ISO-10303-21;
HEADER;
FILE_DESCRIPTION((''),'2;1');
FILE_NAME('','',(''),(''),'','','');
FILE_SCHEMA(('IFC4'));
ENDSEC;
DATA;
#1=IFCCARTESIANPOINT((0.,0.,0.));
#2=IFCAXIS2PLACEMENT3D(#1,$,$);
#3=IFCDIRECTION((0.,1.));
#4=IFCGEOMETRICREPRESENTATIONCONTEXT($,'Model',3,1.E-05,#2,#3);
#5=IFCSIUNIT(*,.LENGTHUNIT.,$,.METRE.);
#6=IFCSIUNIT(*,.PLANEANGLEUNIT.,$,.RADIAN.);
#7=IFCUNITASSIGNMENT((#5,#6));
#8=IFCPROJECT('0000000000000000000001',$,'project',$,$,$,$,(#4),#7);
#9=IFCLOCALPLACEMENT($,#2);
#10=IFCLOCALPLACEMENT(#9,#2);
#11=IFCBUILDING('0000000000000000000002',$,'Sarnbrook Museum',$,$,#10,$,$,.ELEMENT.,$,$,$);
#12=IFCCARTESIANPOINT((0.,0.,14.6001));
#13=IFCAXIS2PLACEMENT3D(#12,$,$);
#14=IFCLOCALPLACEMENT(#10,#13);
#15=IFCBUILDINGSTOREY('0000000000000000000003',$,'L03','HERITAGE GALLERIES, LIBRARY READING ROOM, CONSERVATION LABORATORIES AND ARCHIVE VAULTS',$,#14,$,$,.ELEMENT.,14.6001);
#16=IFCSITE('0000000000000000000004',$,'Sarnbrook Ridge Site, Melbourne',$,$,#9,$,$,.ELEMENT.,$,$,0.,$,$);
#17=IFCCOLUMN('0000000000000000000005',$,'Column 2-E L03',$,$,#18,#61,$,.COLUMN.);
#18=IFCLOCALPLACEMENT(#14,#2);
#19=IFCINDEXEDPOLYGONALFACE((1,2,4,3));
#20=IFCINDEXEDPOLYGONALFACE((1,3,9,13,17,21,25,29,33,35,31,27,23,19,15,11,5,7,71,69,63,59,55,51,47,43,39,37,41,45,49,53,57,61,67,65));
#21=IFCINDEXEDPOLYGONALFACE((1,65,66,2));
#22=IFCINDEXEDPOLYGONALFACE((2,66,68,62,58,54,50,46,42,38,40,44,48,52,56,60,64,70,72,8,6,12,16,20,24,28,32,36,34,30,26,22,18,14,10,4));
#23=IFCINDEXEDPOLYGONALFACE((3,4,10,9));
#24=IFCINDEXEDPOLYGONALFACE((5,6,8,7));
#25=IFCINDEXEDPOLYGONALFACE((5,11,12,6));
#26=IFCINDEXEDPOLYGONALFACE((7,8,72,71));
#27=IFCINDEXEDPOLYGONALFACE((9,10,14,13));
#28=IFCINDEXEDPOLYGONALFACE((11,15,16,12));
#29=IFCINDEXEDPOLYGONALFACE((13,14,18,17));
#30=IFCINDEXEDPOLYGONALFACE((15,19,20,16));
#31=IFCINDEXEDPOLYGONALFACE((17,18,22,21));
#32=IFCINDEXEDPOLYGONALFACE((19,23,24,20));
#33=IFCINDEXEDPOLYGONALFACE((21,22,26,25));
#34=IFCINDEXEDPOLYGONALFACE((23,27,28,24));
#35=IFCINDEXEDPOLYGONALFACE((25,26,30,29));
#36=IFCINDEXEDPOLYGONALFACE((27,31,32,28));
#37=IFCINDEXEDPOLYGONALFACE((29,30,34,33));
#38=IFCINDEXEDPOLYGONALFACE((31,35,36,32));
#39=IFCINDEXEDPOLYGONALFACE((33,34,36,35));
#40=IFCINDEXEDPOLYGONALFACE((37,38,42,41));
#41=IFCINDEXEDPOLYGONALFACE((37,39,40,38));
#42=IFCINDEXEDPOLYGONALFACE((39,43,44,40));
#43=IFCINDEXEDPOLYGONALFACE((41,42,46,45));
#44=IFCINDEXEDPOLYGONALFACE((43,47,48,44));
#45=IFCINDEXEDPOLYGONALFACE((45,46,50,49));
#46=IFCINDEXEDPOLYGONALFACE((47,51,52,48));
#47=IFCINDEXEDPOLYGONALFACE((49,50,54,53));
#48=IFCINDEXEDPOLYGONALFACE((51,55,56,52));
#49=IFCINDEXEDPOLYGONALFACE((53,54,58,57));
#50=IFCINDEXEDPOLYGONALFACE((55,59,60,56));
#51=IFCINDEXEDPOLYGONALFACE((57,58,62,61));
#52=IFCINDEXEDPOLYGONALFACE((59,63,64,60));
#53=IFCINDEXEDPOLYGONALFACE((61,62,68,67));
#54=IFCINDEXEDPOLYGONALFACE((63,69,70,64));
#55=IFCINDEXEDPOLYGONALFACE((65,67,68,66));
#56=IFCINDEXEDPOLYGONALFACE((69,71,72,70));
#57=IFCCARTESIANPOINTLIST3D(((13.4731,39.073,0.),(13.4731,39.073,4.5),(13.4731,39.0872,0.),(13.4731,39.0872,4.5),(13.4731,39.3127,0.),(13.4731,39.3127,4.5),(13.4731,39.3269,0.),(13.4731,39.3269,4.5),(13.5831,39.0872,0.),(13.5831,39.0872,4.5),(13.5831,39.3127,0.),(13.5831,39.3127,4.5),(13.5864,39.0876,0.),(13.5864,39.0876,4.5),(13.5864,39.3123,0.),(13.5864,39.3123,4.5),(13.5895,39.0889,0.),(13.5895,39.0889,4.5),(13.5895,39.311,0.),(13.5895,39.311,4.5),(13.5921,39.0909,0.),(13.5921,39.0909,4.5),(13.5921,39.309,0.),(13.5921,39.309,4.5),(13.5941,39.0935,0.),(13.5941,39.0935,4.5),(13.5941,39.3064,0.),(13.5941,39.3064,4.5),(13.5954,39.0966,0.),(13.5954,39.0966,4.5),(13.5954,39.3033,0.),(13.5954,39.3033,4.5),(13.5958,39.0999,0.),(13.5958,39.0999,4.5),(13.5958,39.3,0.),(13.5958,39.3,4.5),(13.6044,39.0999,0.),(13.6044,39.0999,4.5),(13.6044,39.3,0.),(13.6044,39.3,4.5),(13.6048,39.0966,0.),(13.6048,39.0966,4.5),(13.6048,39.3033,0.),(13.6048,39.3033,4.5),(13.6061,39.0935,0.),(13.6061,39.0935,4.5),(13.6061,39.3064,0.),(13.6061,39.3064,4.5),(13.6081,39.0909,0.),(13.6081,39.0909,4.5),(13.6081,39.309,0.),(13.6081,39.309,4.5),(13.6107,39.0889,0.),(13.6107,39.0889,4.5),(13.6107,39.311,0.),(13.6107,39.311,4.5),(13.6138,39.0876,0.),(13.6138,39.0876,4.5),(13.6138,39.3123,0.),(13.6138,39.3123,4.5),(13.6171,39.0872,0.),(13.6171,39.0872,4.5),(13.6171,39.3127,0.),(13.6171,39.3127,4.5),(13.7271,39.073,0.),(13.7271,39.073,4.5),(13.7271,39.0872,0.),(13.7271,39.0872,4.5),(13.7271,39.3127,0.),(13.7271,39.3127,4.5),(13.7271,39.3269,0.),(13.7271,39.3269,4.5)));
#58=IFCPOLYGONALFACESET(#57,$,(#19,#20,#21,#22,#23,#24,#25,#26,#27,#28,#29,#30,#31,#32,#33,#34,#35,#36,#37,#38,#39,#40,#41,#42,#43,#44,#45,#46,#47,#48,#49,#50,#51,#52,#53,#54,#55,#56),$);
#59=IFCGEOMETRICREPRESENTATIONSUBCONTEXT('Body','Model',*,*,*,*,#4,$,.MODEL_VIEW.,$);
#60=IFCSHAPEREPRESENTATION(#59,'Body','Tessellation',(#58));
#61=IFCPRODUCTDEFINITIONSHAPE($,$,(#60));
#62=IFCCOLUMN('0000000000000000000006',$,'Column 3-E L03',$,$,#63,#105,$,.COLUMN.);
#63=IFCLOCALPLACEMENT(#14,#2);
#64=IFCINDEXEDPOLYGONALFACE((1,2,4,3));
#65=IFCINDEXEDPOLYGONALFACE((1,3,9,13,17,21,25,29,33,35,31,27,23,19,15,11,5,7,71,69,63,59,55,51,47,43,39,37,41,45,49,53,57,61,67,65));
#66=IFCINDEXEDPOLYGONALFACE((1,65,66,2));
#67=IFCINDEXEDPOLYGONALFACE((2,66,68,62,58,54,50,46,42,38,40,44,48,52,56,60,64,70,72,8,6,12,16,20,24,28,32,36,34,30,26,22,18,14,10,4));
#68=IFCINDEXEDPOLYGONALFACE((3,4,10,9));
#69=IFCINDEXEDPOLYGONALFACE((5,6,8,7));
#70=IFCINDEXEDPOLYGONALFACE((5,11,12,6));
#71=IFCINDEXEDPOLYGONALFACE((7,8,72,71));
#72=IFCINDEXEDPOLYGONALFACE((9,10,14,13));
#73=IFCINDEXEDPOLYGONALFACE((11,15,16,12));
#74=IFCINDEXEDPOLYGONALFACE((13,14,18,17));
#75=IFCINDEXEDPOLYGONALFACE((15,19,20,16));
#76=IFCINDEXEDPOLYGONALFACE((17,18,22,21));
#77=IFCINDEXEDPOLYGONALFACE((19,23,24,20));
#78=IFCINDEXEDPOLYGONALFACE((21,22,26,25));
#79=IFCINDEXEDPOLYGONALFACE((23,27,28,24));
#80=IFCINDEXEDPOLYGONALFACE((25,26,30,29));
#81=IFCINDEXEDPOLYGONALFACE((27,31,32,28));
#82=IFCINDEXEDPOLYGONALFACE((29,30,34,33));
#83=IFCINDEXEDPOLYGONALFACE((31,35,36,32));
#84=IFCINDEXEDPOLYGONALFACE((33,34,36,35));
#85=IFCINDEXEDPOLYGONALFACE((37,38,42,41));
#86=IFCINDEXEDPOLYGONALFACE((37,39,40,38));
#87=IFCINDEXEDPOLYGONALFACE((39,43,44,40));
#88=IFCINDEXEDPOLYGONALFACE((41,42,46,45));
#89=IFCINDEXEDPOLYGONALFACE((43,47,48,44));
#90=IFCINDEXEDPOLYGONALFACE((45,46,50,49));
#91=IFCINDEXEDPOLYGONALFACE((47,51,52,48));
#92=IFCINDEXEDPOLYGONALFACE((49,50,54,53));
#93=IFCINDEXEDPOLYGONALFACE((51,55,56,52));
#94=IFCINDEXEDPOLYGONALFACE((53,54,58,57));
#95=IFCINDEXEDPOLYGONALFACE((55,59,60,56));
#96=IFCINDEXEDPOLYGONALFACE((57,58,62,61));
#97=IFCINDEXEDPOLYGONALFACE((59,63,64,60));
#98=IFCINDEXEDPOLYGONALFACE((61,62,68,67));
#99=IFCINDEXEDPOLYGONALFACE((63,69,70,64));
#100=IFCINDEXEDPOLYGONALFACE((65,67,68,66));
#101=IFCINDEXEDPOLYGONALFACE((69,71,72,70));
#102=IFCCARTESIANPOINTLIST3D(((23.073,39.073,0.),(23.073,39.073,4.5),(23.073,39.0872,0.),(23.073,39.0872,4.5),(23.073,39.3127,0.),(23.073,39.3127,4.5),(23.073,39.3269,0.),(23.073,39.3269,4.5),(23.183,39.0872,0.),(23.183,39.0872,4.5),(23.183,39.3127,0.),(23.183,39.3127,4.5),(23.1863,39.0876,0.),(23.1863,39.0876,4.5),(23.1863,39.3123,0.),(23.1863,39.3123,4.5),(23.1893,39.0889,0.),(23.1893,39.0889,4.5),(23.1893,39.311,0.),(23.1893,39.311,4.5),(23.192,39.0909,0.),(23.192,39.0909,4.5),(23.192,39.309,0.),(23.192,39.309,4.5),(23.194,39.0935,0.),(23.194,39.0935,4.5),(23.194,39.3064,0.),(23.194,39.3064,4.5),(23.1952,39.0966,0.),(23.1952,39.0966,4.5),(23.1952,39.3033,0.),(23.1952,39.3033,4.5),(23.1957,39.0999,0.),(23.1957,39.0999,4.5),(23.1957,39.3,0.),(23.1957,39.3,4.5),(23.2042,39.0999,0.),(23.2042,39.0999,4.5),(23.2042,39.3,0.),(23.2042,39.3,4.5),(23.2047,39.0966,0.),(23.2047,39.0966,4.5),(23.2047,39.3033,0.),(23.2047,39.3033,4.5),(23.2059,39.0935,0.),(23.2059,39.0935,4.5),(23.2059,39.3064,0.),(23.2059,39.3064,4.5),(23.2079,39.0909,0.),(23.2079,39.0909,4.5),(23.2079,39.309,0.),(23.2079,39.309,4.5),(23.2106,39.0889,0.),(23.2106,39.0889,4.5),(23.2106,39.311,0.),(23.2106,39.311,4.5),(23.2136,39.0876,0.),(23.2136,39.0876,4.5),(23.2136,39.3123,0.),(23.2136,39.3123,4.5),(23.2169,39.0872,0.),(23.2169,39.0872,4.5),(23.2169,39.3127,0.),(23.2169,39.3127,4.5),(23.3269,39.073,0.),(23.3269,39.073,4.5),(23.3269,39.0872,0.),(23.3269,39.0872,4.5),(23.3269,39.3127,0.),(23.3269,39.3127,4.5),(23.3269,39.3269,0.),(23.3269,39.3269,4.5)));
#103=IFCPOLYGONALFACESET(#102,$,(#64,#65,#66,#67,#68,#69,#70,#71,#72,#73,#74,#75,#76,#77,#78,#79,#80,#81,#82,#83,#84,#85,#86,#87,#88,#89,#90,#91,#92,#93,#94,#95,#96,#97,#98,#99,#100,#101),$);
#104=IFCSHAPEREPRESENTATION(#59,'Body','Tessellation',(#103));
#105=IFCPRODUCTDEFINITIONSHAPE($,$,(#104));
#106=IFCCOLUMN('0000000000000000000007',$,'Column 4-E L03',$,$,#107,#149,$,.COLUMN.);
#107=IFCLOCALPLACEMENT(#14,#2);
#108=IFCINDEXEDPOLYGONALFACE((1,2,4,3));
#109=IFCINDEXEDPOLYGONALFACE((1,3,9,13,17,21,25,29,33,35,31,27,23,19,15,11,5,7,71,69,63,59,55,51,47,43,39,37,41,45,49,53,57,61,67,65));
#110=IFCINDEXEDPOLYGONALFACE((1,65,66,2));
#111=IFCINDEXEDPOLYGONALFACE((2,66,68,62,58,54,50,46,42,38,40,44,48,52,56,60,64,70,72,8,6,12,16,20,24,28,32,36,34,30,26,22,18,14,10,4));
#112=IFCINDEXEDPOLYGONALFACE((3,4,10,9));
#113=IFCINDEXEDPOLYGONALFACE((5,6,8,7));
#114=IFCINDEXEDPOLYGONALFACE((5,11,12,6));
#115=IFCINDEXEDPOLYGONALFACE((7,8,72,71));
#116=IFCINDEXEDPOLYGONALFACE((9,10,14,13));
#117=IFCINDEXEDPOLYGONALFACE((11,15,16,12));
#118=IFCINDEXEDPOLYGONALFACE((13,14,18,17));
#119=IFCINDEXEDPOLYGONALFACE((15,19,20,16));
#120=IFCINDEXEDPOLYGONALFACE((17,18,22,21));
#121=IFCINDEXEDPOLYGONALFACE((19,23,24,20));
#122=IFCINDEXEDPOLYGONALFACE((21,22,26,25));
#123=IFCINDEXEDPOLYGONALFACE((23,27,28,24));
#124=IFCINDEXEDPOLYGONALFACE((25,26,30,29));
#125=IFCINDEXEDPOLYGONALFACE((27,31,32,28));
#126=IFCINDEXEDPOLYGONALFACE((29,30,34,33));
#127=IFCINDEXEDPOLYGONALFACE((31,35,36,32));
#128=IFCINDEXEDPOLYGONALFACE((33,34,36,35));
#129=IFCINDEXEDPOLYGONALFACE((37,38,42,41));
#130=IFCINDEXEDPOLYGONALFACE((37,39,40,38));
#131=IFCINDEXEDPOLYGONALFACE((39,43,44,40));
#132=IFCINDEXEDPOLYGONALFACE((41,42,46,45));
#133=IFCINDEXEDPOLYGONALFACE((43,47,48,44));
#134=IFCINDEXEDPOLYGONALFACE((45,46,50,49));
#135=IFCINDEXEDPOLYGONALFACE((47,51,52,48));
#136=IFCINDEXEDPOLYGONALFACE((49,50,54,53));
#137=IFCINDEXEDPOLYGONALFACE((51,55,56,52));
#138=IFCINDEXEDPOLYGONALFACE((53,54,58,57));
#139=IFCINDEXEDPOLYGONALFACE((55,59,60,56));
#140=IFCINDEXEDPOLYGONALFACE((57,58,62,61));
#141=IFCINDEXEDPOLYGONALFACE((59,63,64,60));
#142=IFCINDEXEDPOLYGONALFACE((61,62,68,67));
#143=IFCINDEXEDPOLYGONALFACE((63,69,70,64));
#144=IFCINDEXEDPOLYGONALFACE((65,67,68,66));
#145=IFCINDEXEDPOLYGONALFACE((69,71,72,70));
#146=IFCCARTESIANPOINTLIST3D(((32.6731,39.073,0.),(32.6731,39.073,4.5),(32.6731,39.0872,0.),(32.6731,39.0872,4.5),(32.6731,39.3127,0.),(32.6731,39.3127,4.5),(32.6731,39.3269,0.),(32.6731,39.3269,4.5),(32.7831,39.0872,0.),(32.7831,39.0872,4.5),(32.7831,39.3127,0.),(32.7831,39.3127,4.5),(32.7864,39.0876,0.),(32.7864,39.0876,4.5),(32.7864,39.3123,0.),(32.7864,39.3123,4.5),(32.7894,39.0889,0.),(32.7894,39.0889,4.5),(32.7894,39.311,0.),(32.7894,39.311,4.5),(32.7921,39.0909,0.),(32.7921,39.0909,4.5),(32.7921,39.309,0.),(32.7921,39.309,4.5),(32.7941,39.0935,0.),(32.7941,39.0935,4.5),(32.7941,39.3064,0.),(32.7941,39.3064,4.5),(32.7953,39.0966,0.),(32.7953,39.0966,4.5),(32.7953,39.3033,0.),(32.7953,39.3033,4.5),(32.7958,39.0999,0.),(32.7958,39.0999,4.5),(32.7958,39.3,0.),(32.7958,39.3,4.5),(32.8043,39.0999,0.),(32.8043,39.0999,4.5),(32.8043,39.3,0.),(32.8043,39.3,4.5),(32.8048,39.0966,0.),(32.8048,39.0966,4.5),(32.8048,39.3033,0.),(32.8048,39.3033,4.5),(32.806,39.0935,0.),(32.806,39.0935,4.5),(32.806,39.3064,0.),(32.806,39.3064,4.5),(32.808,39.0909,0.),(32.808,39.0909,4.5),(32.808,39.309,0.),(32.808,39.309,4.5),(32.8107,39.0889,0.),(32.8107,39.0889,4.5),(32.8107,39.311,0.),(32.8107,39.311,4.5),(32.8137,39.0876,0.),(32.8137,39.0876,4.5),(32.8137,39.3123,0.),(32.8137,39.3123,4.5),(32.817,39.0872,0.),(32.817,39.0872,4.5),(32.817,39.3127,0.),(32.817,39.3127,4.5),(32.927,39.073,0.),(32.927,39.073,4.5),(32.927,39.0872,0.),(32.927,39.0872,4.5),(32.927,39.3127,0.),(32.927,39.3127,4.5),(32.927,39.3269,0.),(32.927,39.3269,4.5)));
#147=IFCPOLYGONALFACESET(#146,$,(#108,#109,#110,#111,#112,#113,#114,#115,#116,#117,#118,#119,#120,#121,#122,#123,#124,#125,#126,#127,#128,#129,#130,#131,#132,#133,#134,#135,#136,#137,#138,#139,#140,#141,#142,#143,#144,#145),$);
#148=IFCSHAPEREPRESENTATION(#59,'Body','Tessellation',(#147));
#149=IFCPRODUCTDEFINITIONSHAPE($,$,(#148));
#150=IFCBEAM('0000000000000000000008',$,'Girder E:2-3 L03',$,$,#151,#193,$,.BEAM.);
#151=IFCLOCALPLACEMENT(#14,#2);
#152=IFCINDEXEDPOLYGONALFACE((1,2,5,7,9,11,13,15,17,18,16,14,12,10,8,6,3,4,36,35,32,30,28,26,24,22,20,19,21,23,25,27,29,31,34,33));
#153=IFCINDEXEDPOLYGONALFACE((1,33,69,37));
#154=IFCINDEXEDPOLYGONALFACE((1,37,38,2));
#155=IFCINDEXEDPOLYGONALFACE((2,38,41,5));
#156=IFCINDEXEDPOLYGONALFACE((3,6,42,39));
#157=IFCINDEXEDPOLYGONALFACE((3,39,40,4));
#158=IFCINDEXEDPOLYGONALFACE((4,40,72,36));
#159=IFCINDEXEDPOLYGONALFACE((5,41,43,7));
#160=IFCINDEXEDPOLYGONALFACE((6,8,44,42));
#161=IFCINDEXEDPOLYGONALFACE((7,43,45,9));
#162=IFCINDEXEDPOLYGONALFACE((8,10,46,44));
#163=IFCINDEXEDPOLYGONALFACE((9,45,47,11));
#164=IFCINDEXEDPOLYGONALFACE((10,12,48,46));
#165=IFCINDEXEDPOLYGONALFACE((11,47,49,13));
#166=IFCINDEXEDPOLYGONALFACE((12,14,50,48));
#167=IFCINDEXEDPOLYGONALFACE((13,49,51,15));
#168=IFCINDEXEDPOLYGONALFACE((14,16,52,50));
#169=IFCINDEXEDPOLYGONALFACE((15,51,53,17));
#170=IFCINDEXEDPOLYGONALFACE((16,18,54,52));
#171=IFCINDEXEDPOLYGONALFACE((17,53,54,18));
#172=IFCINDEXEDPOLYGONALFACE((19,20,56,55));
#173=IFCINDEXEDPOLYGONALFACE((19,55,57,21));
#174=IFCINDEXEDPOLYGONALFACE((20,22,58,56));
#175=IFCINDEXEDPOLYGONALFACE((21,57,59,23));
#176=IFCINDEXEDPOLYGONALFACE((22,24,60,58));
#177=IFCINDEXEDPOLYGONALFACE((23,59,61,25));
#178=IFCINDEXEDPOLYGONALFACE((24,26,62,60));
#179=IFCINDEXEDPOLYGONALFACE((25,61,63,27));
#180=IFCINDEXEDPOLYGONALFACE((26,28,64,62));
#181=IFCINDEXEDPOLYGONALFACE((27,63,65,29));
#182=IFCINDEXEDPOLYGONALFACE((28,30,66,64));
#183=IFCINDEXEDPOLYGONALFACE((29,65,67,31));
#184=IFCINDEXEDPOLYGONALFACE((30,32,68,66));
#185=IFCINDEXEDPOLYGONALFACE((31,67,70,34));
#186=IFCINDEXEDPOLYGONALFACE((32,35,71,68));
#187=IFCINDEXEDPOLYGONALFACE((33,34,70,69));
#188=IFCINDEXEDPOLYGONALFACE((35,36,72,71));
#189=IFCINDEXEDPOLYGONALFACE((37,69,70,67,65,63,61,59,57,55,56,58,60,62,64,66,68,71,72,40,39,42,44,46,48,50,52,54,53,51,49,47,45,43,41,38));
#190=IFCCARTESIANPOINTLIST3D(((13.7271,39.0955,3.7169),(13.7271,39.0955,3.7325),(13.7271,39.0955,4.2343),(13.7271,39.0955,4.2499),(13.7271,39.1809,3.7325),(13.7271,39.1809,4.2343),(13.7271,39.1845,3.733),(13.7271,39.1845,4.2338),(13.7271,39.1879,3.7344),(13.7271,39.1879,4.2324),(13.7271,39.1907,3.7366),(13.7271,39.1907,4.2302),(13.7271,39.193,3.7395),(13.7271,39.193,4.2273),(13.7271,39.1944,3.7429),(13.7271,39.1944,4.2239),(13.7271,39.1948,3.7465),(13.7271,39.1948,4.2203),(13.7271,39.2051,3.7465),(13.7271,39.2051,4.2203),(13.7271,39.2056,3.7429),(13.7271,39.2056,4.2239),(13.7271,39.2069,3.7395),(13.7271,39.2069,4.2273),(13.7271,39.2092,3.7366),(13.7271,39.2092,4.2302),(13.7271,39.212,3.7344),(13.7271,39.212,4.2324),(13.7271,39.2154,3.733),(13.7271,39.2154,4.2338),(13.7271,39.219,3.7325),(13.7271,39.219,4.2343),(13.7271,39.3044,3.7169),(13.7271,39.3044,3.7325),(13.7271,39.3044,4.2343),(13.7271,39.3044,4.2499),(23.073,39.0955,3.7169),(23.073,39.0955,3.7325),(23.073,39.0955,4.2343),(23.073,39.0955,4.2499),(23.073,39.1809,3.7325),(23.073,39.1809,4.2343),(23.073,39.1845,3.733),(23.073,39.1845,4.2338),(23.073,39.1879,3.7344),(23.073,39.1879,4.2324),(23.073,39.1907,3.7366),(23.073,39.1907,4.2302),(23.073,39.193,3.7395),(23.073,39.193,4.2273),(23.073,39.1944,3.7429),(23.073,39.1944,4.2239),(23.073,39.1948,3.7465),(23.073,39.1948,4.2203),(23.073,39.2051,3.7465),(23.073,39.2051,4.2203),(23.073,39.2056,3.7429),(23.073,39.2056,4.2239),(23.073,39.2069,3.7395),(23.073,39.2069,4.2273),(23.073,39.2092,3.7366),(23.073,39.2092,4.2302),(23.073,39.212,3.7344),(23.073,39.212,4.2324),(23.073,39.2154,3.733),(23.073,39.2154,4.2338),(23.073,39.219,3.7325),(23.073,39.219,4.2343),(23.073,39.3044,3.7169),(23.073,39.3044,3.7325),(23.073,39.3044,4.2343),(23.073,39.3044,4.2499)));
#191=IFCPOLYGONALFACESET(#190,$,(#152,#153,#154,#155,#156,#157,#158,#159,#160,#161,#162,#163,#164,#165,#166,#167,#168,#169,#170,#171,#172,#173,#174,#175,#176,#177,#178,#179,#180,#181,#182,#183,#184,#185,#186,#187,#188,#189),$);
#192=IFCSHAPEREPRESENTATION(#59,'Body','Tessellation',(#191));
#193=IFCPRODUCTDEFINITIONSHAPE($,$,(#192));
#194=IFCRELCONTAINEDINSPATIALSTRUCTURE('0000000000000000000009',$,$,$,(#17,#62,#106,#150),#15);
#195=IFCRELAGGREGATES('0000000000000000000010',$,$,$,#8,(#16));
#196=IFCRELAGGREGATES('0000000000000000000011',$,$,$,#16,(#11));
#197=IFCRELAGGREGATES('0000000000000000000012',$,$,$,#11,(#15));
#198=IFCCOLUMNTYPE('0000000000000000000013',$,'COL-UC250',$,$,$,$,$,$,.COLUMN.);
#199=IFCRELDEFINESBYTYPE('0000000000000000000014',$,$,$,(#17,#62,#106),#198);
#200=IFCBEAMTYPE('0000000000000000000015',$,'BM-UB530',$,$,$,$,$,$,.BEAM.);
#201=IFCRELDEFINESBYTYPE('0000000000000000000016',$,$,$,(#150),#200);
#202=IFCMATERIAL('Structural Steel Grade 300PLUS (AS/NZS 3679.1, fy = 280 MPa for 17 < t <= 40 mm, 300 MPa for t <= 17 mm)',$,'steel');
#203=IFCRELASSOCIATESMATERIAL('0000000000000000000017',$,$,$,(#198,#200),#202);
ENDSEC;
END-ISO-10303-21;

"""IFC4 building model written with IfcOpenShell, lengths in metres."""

from ifc_helpers import new_model, si_unit, direction, frame, origin, origin_2d, place, context, subcontext, project, spatial, i_section, extrude, material, material_profile, profile_set, type_object, element, save


model = new_model("IFC4")

# Units and contexts
model_context = context("Model", 3, precision=1e-05, world=origin(), true_north=direction((0.0, 1.0)))
body_context = subcontext(model_context, "Body", "Model", "MODEL_VIEW")
ifc_project = project(units=[si_unit("LENGTHUNIT", "METRE"), si_unit("PLANEANGLEUNIT", "RADIAN")], contexts=[model_context])

# Site, building, storey
site_placement = place(None, origin())
site = spatial("IfcSite", under=ifc_project, at=site_placement, Name="Sarnbrook Ridge Site, Melbourne", CompositionType="ELEMENT", RefElevation=0.0)
building_placement = place(site_placement, origin())
building = spatial("IfcBuilding", under=site, at=building_placement, Name="Sarnbrook Museum", CompositionType="ELEMENT")
storey_placement = place(building_placement, frame((0.0, 0.0, 14.6001)))
storey = spatial("IfcBuildingStorey", under=building, at=storey_placement, Name="L03", Description="HERITAGE GALLERIES, LIBRARY READING ROOM, CONSERVATION LABORATORIES AND ARCHIVE VAULTS", CompositionType="ELEMENT", Elevation=14.6001)

# Columns
ifc_material_1 = material(Name="Structural Steel Grade 300PLUS (AS/NZS 3679.1, fy = 280 MPa for 17 < t <= 40 mm, 300 MPa for t <= 17 mm)", Category="steel")
ifc_material_profile_1 = material_profile(ifc_material_1, i_section(OverallWidth=0.2539, OverallDepth=0.2539, WebThickness=0.0085, FlangeThickness=0.0142, FilletRadius=0.0127, at=origin_2d()), Name="250UC72.9")
ifc_profile_set_1 = profile_set([ifc_material_profile_1], Name="Structural Steel Grade 300PLUS (AS/NZS 3679.1, fy = 280 MPa for 17 < t <= 40 mm, 300 MPa for t <= 17 mm)")
column_type = type_object("IfcColumnType", Name="COL-UC250", PredefinedType="COLUMN", material=ifc_profile_set_1)
for number, where, z_axis, x_axis, name in (
    (1, (13.6001, 39.2, 0.0), (0.0, 0.0, 1.0), (1.0, 0.0, 0.0), "Column 2-E L03"),
    (2, (23.2, 39.2, 0.0), (0.0, 0.0, 1.0), (1.0, 0.0, 0.0), "Column 3-E L03"),
    (3, (32.8, 39.2, 0.0), (0.0, 0.0, 1.0), (1.0, 0.0, 0.0), "Column 4-E L03"),
):
    element("IfcColumn", number, at=place(storey_placement, frame(where, z_axis=z_axis, x_axis=x_axis)), inside=storey, type_object=column_type, Name=name, PredefinedType="COLUMN", context=body_context, shape_type="SweptSolid", body=[
        extrude(i_section(OverallWidth=0.2539, OverallDepth=0.2539, WebThickness=0.0085, FlangeThickness=0.0142, FilletRadius=0.0127, at=origin_2d()), origin(), (0.0, 0.0, 1.0), 4.5),
    ])

# Beam
ifc_material_profile_2 = material_profile(ifc_material_1, i_section(OverallWidth=0.209, OverallDepth=0.533, WebThickness=0.0103, FlangeThickness=0.0156, FilletRadius=0.0139, at=origin_2d()), Name="530UB92.4")
ifc_profile_set_2 = profile_set([ifc_material_profile_2], Name="Structural Steel Grade 300PLUS (AS/NZS 3679.1, fy = 280 MPa for 17 < t <= 40 mm, 300 MPa for t <= 17 mm)")
beam_type_1 = type_object("IfcBeamType", Name="BM-UB530", PredefinedType="BEAM", material=ifc_profile_set_2)
beam_1_placement = place(storey_placement, frame((13.7271, 39.2, 3.9834), z_axis=(1.0, 0.0, 0.0), x_axis=(0.0, 1.0, 0.0)))
element("IfcBeam", 4, at=beam_1_placement, inside=storey, type_object=beam_type_1, Name="Girder E:2-3 L03", PredefinedType="BEAM", context=body_context, shape_type="SweptSolid", body=[
    extrude(i_section(OverallWidth=0.209, OverallDepth=0.533, WebThickness=0.0103, FlangeThickness=0.0156, FilletRadius=0.0139, at=origin_2d()), origin(), (0.0, 0.0, 1.0), 9.3459),
])

save(model, "model.ifc")
